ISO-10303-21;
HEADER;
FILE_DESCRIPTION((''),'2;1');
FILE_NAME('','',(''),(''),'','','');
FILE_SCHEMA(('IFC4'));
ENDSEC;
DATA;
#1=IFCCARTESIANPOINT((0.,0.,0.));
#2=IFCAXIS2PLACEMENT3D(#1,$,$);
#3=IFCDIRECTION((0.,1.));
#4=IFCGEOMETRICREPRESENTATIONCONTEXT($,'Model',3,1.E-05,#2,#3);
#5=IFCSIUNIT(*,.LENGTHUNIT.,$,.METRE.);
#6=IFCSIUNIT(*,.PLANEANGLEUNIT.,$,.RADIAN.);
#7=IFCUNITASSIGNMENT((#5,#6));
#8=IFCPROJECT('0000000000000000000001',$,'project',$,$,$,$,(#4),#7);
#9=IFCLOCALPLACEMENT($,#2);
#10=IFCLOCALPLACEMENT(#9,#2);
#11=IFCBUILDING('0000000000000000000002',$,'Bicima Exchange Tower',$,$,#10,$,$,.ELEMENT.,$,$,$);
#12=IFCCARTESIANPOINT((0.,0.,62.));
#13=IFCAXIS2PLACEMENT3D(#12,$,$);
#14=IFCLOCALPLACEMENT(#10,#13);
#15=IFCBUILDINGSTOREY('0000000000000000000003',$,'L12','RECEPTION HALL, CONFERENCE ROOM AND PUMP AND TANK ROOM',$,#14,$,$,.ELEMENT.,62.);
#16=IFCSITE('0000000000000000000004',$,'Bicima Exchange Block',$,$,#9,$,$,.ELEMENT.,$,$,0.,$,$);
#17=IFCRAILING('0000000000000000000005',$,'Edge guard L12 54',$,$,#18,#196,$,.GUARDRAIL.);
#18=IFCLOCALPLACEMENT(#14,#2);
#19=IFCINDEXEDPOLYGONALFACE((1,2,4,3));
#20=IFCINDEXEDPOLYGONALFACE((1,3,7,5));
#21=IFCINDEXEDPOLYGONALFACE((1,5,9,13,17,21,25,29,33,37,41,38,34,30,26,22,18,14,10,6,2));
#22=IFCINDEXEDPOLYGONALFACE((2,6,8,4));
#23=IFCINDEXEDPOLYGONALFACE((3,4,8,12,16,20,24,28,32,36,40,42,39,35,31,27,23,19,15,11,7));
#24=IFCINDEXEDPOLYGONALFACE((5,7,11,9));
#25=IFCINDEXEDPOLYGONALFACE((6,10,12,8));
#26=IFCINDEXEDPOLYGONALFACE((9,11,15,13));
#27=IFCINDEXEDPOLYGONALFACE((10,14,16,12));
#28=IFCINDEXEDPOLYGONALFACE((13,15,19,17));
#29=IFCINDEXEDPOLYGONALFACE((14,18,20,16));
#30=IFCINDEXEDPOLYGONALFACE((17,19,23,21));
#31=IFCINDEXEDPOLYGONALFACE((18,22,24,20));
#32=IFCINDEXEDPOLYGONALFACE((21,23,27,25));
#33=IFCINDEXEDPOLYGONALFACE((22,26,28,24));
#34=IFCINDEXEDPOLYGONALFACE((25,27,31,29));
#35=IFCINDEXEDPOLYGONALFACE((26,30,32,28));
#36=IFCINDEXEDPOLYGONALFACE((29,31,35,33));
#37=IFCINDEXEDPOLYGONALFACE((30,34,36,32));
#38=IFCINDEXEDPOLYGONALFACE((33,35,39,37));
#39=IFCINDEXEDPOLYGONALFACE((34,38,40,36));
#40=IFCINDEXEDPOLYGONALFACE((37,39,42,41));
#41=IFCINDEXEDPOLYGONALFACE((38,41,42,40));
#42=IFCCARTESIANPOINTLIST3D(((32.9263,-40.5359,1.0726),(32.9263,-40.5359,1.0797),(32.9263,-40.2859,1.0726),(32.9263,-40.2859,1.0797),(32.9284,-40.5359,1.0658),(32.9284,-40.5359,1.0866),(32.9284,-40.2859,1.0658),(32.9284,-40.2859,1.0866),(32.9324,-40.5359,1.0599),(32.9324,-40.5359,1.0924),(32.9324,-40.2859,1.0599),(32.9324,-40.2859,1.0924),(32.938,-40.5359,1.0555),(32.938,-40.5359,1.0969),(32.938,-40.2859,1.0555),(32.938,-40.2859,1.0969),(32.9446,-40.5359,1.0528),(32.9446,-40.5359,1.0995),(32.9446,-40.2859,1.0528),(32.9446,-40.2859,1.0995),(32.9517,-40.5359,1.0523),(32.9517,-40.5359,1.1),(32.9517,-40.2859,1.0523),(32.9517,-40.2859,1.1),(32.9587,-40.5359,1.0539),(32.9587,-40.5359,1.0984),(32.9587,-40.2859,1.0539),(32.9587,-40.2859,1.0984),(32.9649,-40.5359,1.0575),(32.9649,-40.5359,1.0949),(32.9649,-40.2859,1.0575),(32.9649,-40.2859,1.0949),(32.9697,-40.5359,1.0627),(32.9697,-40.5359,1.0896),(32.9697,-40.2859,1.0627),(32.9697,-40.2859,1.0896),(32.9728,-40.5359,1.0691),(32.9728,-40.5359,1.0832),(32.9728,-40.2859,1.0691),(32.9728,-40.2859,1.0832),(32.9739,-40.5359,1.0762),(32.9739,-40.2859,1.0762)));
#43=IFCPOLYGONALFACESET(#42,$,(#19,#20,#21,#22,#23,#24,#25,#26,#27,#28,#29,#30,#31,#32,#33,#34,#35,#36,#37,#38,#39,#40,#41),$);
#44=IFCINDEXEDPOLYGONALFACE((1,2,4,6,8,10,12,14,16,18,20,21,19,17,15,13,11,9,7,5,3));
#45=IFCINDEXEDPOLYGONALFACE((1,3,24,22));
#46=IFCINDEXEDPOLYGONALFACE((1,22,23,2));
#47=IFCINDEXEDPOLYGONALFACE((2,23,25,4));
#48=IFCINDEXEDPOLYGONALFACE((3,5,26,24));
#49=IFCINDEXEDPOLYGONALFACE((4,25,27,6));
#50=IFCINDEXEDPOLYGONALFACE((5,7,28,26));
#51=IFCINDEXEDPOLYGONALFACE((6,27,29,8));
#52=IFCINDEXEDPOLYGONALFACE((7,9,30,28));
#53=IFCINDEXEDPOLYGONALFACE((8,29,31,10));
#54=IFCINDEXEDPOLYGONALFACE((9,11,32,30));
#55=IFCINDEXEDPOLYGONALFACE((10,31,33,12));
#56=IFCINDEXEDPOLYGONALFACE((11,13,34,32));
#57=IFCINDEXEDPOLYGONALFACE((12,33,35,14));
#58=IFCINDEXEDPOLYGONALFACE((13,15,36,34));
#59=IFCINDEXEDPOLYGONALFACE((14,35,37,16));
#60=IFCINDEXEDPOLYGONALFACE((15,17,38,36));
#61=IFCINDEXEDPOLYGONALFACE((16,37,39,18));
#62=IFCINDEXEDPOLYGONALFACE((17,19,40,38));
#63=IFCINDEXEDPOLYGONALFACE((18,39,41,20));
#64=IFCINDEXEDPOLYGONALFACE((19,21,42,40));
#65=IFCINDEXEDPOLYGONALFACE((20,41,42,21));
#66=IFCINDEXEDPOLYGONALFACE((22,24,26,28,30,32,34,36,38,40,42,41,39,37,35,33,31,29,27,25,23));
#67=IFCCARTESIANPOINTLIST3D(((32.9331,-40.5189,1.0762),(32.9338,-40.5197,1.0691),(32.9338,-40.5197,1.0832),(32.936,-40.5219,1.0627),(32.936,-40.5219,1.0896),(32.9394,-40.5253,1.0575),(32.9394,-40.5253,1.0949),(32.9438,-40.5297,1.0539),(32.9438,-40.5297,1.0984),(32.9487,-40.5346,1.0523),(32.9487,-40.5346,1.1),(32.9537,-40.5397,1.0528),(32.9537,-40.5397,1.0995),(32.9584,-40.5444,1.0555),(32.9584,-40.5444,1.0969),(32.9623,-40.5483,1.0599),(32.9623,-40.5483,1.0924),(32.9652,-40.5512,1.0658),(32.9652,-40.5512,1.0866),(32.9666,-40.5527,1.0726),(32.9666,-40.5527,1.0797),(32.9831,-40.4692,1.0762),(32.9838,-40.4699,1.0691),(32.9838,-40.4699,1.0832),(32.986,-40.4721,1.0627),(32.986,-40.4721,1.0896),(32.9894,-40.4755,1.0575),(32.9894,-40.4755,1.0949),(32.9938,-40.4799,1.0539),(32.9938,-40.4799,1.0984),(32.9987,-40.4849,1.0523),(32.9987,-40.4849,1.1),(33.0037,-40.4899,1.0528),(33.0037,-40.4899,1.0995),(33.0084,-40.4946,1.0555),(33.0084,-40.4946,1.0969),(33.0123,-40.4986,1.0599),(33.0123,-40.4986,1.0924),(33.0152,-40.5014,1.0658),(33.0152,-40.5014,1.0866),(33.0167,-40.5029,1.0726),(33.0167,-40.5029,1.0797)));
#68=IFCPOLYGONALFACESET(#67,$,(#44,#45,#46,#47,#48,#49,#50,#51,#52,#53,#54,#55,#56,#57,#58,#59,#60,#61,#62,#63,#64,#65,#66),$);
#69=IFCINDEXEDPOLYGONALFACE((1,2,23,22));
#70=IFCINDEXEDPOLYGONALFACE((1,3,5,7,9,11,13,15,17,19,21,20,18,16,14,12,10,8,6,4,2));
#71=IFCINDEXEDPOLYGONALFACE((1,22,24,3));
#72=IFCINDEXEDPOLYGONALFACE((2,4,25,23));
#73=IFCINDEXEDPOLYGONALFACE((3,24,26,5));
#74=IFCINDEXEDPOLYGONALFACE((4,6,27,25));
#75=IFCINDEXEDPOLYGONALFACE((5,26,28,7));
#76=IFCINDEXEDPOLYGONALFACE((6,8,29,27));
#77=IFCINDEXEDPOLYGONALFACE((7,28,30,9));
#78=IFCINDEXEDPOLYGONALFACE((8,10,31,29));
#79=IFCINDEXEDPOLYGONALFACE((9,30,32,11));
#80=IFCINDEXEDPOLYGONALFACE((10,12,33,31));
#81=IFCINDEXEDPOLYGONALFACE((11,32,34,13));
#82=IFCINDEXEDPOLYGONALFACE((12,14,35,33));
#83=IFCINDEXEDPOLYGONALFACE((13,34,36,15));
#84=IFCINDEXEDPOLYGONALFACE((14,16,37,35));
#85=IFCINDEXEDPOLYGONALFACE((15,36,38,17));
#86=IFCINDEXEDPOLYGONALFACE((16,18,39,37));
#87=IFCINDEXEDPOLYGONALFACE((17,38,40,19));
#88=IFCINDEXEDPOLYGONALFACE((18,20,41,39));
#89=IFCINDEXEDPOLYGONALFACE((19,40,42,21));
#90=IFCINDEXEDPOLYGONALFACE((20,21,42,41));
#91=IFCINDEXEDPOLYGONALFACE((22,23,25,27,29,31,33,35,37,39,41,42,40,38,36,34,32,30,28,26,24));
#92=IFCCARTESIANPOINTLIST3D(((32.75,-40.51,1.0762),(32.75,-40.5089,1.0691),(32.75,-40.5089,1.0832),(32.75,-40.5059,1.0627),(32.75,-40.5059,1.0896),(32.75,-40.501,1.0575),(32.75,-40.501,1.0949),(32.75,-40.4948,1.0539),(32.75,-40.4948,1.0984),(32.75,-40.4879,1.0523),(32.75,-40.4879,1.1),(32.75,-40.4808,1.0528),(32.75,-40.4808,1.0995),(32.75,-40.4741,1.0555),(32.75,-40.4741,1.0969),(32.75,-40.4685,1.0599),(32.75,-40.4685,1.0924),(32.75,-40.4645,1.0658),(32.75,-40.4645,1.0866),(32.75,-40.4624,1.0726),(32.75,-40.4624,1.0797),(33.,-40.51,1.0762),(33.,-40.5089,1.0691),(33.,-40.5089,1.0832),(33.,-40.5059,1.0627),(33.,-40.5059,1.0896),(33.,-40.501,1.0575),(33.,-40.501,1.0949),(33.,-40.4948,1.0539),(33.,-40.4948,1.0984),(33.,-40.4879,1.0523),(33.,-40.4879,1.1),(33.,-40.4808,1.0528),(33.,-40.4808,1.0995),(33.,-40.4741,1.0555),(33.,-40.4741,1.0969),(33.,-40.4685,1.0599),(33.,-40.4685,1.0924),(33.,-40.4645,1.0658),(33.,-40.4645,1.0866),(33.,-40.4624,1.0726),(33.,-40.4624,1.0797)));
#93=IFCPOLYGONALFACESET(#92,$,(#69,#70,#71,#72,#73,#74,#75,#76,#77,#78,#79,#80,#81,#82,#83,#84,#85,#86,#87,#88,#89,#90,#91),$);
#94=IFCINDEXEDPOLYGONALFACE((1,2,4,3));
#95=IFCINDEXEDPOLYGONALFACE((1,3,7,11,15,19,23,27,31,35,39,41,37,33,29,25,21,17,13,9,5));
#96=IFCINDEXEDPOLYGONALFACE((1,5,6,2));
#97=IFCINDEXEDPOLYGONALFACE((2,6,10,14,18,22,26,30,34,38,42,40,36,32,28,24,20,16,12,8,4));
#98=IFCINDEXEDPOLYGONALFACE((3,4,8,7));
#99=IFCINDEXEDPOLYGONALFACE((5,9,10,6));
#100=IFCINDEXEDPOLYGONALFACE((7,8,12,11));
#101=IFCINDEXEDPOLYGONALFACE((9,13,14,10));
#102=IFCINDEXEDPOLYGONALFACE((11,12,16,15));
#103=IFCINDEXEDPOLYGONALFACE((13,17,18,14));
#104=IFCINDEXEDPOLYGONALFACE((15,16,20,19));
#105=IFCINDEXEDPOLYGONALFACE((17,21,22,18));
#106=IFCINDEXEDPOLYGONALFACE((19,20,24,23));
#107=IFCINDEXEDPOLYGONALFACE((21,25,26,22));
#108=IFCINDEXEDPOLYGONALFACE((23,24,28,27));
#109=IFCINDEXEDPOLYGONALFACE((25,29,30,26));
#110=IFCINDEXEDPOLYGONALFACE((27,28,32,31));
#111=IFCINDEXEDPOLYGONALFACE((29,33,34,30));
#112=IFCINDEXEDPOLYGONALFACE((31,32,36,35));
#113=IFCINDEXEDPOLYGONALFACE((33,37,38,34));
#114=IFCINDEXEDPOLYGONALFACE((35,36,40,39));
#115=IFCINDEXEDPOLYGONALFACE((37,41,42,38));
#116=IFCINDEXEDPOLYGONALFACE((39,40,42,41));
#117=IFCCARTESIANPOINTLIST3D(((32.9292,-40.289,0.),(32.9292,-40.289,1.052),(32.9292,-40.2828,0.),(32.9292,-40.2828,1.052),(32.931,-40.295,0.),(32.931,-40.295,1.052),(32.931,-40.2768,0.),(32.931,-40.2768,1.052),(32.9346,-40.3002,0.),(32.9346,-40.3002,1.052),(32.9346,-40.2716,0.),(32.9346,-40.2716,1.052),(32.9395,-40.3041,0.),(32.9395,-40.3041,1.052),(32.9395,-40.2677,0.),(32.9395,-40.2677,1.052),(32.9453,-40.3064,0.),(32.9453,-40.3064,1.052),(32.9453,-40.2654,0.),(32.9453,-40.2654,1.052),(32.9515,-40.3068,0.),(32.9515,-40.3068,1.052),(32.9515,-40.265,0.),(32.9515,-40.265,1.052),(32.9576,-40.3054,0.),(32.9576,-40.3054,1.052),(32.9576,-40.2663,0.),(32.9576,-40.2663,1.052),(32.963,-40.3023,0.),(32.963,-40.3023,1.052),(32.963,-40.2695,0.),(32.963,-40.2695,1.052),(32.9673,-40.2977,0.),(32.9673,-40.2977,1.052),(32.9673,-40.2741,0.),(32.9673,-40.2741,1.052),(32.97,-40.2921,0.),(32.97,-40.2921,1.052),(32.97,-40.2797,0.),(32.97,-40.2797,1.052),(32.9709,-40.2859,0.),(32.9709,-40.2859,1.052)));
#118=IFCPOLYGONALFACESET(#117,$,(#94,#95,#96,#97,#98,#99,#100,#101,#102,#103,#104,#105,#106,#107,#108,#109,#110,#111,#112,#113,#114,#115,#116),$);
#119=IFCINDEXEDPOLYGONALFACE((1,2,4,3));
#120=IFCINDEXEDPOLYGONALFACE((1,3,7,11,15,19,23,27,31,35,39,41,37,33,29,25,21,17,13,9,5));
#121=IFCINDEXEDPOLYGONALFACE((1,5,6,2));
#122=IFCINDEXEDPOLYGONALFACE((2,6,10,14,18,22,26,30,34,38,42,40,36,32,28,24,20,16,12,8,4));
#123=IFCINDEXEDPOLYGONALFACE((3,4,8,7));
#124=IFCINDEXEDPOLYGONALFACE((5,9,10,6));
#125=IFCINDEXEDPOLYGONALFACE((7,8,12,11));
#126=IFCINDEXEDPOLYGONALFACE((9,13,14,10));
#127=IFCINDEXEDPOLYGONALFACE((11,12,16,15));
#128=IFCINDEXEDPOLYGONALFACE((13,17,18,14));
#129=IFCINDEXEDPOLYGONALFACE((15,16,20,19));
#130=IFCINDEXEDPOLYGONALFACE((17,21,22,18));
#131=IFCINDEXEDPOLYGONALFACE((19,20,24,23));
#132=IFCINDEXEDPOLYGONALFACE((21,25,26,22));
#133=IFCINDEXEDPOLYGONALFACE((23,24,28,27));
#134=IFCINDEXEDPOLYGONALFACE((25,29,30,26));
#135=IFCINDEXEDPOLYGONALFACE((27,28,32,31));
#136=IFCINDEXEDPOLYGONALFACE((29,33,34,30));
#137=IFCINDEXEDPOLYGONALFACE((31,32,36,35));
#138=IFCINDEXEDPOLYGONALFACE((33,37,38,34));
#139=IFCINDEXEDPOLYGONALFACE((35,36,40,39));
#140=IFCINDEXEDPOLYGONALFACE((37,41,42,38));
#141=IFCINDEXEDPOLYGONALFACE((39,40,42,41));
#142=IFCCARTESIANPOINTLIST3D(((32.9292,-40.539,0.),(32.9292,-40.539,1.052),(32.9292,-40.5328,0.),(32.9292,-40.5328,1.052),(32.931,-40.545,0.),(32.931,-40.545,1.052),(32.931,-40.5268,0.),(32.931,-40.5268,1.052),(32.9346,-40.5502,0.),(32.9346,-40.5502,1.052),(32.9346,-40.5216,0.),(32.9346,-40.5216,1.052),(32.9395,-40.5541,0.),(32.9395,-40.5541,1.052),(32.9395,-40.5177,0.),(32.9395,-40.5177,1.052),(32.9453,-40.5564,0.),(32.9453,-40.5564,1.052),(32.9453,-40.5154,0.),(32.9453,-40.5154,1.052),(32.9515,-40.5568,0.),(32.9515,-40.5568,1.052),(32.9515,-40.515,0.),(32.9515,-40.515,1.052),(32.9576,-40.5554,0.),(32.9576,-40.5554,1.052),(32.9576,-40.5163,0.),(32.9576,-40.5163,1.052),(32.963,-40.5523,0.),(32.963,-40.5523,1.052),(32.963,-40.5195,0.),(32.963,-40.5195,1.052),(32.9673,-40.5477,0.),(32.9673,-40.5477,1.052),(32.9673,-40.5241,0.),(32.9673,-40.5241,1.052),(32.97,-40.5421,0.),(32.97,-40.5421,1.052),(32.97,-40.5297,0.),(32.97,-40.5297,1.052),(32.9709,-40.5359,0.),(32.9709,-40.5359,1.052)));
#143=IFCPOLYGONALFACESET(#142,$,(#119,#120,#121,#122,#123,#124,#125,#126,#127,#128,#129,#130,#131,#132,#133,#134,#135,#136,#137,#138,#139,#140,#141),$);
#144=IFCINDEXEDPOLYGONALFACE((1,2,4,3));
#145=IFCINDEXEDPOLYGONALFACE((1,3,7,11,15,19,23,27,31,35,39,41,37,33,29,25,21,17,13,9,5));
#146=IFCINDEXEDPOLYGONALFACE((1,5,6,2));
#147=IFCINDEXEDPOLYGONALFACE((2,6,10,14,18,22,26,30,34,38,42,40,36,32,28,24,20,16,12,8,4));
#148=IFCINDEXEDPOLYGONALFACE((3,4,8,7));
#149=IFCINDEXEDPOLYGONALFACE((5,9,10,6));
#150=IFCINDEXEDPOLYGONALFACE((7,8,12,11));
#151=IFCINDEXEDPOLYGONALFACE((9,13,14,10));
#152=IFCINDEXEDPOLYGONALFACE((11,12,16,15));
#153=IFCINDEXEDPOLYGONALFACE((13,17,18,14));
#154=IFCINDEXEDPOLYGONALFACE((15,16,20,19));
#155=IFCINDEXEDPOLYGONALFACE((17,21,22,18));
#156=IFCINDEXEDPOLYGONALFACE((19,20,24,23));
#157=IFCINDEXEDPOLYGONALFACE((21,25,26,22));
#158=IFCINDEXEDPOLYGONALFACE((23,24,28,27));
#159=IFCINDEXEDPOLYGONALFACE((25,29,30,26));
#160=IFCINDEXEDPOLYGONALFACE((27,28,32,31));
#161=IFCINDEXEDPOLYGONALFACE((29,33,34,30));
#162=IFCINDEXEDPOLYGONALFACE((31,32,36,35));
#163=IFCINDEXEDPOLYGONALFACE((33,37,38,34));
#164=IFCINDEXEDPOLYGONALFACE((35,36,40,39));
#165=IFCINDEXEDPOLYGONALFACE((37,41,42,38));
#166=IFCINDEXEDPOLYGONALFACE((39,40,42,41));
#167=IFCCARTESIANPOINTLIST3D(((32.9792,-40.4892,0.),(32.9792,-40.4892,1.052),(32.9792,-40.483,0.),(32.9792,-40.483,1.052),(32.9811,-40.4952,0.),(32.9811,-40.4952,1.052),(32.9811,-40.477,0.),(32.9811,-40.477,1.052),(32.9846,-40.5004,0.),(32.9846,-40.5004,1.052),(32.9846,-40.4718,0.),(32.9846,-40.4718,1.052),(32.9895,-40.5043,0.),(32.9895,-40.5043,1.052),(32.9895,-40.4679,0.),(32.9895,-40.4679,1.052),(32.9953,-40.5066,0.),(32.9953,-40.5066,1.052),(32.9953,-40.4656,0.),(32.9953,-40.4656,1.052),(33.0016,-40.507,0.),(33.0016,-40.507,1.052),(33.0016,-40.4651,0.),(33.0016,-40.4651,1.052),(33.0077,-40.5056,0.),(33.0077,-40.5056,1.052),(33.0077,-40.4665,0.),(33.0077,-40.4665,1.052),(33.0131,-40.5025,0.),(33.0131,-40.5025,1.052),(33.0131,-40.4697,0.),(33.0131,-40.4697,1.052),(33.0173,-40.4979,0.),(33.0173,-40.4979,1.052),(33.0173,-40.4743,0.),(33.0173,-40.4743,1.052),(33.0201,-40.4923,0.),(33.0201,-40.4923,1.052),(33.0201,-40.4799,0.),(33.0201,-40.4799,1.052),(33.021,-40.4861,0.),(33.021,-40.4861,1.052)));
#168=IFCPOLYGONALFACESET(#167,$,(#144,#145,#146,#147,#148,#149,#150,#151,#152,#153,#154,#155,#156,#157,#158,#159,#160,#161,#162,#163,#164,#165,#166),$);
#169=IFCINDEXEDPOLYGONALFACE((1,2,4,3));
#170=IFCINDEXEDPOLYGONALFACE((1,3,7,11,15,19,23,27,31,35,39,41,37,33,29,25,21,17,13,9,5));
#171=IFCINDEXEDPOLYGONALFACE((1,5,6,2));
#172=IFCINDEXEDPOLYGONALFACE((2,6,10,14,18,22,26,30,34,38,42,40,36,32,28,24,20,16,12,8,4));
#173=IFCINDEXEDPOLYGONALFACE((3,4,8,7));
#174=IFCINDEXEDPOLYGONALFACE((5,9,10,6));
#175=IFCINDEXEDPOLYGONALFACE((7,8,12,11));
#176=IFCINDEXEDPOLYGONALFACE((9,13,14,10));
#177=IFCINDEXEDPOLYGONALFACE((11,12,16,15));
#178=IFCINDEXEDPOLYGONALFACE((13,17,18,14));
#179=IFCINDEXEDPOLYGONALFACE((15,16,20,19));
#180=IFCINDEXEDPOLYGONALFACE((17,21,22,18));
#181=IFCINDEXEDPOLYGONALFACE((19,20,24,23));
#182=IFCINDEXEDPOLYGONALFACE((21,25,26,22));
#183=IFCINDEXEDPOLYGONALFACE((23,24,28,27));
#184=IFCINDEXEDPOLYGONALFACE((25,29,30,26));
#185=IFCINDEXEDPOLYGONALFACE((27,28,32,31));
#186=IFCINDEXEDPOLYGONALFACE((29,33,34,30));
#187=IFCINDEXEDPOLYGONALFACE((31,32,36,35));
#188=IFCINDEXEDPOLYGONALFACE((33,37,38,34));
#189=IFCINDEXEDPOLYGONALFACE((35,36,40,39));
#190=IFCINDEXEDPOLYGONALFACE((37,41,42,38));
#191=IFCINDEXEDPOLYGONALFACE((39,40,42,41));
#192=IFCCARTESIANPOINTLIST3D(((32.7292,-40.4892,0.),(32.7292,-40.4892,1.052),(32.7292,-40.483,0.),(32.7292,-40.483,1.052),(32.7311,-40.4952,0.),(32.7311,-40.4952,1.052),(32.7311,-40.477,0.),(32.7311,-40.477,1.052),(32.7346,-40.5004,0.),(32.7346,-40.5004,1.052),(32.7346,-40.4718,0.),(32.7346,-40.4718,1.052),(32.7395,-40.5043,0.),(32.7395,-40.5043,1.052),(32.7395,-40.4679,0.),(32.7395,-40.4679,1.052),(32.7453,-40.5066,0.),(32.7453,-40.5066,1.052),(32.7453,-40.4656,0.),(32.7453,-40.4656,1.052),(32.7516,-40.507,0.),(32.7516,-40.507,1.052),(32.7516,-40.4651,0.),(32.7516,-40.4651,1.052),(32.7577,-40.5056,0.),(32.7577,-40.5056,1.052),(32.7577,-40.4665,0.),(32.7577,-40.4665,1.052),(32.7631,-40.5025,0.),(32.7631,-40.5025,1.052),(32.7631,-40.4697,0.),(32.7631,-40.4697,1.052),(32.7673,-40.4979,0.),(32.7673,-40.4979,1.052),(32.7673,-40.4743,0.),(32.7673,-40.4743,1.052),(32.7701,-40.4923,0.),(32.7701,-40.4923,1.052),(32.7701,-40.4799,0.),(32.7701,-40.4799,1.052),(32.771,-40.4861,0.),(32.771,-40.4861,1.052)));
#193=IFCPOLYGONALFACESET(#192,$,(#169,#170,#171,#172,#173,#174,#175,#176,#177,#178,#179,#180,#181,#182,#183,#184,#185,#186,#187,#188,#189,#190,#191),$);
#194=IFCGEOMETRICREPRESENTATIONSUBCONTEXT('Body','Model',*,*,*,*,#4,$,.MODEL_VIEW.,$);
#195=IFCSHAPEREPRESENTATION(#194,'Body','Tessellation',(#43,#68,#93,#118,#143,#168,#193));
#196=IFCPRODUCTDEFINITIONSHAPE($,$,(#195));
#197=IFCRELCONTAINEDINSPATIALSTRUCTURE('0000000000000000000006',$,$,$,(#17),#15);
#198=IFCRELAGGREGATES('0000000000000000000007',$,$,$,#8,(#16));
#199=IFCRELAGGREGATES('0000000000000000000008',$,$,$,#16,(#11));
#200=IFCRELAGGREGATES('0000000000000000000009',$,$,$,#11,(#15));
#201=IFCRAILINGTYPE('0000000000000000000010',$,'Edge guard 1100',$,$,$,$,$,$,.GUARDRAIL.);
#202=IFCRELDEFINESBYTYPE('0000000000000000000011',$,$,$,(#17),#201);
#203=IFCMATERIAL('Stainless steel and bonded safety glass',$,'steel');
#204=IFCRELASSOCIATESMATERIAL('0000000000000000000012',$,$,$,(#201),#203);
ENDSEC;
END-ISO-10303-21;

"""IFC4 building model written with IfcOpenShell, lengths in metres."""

from ifc_helpers import new_model, si_unit, direction, frame, origin, origin_2d, place, context, subcontext, project, spatial, circle, extrude, material, type_object, element, save


model = new_model("IFC4")

# Units and contexts
model_context = context("Model", 3, precision=1e-05, world=origin(), true_north=direction((0.0, 1.0)))
body_context = subcontext(model_context, "Body", "Model", "MODEL_VIEW")
ifc_project = project(units=[si_unit("LENGTHUNIT", "METRE"), si_unit("PLANEANGLEUNIT", "RADIAN")], contexts=[model_context])

# Site, building, storey
site_placement = place(None, origin())
site = spatial("IfcSite", under=ifc_project, at=site_placement, Name="Bicima Exchange Block", CompositionType="ELEMENT", RefElevation=0.0)
building_placement = place(site_placement, origin())
building = spatial("IfcBuilding", under=site, at=building_placement, Name="Bicima Exchange Tower", CompositionType="ELEMENT")
storey_placement = place(building_placement, frame((0.0, 0.0, 62.0)))
storey = spatial("IfcBuildingStorey", under=building, at=storey_placement, Name="L12", Description="RECEPTION HALL, CONFERENCE ROOM AND PUMP AND TANK ROOM", CompositionType="ELEMENT", Elevation=62.0)

# Railing
ifc_material_1 = material(Name="Stainless steel and bonded safety glass", Category="steel")
railing_type = type_object("IfcRailingType", Name="Edge guard 1100", PredefinedType="GUARDRAIL", material=ifc_material_1)
railing_1_placement = place(storey_placement, frame((32.95, -40.2859, 0.0)))
element("IfcRailing", 1, at=railing_1_placement, inside=storey, type_object=railing_type, Name="Edge guard L12 54", PredefinedType="GUARDRAIL", context=body_context, shape_type="SweptSolid", body=[
    extrude(circle(Radius=0.0239, at=origin_2d()), frame((0.0, 0.0, 1.0762), z_axis=(0.0, -1.0, 0.0), x_axis=(1.0, 0.0, 0.0)), (0.0, 0.0, 1.0), 0.25),
    extrude(circle(Radius=0.0239, at=origin_2d()), frame((0.0, -0.25, 1.0762), z_axis=(0.708834, 0.705376, 0.0), x_axis=(-0.705376, 0.708834, 0.0)), (0.0, 0.0, 1.0), 0.0706),
    extrude(circle(Radius=0.0239, at=origin_2d()), frame((0.05, -0.2002, 1.0762), z_axis=(-1.0, 0.0, 0.0), x_axis=(0.0, -1.0, 0.0)), (0.0, 0.0, 1.0), 0.25),
    extrude(circle(Radius=0.021, at=origin_2d()), origin(), (0.0, 0.0, 1.0), 1.052),
    extrude(circle(Radius=0.021, at=origin_2d()), frame((0.0, -0.25, 0.0)), (0.0, 0.0, 1.0), 1.052),
    extrude(circle(Radius=0.021, at=origin_2d()), frame((0.05, -0.2002, 0.0)), (0.0, 0.0, 1.0), 1.052),
    extrude(circle(Radius=0.021, at=origin_2d()), frame((-0.2, -0.2002, 0.0)), (0.0, 0.0, 1.0), 1.052),
])

save(model, "model.ifc")
